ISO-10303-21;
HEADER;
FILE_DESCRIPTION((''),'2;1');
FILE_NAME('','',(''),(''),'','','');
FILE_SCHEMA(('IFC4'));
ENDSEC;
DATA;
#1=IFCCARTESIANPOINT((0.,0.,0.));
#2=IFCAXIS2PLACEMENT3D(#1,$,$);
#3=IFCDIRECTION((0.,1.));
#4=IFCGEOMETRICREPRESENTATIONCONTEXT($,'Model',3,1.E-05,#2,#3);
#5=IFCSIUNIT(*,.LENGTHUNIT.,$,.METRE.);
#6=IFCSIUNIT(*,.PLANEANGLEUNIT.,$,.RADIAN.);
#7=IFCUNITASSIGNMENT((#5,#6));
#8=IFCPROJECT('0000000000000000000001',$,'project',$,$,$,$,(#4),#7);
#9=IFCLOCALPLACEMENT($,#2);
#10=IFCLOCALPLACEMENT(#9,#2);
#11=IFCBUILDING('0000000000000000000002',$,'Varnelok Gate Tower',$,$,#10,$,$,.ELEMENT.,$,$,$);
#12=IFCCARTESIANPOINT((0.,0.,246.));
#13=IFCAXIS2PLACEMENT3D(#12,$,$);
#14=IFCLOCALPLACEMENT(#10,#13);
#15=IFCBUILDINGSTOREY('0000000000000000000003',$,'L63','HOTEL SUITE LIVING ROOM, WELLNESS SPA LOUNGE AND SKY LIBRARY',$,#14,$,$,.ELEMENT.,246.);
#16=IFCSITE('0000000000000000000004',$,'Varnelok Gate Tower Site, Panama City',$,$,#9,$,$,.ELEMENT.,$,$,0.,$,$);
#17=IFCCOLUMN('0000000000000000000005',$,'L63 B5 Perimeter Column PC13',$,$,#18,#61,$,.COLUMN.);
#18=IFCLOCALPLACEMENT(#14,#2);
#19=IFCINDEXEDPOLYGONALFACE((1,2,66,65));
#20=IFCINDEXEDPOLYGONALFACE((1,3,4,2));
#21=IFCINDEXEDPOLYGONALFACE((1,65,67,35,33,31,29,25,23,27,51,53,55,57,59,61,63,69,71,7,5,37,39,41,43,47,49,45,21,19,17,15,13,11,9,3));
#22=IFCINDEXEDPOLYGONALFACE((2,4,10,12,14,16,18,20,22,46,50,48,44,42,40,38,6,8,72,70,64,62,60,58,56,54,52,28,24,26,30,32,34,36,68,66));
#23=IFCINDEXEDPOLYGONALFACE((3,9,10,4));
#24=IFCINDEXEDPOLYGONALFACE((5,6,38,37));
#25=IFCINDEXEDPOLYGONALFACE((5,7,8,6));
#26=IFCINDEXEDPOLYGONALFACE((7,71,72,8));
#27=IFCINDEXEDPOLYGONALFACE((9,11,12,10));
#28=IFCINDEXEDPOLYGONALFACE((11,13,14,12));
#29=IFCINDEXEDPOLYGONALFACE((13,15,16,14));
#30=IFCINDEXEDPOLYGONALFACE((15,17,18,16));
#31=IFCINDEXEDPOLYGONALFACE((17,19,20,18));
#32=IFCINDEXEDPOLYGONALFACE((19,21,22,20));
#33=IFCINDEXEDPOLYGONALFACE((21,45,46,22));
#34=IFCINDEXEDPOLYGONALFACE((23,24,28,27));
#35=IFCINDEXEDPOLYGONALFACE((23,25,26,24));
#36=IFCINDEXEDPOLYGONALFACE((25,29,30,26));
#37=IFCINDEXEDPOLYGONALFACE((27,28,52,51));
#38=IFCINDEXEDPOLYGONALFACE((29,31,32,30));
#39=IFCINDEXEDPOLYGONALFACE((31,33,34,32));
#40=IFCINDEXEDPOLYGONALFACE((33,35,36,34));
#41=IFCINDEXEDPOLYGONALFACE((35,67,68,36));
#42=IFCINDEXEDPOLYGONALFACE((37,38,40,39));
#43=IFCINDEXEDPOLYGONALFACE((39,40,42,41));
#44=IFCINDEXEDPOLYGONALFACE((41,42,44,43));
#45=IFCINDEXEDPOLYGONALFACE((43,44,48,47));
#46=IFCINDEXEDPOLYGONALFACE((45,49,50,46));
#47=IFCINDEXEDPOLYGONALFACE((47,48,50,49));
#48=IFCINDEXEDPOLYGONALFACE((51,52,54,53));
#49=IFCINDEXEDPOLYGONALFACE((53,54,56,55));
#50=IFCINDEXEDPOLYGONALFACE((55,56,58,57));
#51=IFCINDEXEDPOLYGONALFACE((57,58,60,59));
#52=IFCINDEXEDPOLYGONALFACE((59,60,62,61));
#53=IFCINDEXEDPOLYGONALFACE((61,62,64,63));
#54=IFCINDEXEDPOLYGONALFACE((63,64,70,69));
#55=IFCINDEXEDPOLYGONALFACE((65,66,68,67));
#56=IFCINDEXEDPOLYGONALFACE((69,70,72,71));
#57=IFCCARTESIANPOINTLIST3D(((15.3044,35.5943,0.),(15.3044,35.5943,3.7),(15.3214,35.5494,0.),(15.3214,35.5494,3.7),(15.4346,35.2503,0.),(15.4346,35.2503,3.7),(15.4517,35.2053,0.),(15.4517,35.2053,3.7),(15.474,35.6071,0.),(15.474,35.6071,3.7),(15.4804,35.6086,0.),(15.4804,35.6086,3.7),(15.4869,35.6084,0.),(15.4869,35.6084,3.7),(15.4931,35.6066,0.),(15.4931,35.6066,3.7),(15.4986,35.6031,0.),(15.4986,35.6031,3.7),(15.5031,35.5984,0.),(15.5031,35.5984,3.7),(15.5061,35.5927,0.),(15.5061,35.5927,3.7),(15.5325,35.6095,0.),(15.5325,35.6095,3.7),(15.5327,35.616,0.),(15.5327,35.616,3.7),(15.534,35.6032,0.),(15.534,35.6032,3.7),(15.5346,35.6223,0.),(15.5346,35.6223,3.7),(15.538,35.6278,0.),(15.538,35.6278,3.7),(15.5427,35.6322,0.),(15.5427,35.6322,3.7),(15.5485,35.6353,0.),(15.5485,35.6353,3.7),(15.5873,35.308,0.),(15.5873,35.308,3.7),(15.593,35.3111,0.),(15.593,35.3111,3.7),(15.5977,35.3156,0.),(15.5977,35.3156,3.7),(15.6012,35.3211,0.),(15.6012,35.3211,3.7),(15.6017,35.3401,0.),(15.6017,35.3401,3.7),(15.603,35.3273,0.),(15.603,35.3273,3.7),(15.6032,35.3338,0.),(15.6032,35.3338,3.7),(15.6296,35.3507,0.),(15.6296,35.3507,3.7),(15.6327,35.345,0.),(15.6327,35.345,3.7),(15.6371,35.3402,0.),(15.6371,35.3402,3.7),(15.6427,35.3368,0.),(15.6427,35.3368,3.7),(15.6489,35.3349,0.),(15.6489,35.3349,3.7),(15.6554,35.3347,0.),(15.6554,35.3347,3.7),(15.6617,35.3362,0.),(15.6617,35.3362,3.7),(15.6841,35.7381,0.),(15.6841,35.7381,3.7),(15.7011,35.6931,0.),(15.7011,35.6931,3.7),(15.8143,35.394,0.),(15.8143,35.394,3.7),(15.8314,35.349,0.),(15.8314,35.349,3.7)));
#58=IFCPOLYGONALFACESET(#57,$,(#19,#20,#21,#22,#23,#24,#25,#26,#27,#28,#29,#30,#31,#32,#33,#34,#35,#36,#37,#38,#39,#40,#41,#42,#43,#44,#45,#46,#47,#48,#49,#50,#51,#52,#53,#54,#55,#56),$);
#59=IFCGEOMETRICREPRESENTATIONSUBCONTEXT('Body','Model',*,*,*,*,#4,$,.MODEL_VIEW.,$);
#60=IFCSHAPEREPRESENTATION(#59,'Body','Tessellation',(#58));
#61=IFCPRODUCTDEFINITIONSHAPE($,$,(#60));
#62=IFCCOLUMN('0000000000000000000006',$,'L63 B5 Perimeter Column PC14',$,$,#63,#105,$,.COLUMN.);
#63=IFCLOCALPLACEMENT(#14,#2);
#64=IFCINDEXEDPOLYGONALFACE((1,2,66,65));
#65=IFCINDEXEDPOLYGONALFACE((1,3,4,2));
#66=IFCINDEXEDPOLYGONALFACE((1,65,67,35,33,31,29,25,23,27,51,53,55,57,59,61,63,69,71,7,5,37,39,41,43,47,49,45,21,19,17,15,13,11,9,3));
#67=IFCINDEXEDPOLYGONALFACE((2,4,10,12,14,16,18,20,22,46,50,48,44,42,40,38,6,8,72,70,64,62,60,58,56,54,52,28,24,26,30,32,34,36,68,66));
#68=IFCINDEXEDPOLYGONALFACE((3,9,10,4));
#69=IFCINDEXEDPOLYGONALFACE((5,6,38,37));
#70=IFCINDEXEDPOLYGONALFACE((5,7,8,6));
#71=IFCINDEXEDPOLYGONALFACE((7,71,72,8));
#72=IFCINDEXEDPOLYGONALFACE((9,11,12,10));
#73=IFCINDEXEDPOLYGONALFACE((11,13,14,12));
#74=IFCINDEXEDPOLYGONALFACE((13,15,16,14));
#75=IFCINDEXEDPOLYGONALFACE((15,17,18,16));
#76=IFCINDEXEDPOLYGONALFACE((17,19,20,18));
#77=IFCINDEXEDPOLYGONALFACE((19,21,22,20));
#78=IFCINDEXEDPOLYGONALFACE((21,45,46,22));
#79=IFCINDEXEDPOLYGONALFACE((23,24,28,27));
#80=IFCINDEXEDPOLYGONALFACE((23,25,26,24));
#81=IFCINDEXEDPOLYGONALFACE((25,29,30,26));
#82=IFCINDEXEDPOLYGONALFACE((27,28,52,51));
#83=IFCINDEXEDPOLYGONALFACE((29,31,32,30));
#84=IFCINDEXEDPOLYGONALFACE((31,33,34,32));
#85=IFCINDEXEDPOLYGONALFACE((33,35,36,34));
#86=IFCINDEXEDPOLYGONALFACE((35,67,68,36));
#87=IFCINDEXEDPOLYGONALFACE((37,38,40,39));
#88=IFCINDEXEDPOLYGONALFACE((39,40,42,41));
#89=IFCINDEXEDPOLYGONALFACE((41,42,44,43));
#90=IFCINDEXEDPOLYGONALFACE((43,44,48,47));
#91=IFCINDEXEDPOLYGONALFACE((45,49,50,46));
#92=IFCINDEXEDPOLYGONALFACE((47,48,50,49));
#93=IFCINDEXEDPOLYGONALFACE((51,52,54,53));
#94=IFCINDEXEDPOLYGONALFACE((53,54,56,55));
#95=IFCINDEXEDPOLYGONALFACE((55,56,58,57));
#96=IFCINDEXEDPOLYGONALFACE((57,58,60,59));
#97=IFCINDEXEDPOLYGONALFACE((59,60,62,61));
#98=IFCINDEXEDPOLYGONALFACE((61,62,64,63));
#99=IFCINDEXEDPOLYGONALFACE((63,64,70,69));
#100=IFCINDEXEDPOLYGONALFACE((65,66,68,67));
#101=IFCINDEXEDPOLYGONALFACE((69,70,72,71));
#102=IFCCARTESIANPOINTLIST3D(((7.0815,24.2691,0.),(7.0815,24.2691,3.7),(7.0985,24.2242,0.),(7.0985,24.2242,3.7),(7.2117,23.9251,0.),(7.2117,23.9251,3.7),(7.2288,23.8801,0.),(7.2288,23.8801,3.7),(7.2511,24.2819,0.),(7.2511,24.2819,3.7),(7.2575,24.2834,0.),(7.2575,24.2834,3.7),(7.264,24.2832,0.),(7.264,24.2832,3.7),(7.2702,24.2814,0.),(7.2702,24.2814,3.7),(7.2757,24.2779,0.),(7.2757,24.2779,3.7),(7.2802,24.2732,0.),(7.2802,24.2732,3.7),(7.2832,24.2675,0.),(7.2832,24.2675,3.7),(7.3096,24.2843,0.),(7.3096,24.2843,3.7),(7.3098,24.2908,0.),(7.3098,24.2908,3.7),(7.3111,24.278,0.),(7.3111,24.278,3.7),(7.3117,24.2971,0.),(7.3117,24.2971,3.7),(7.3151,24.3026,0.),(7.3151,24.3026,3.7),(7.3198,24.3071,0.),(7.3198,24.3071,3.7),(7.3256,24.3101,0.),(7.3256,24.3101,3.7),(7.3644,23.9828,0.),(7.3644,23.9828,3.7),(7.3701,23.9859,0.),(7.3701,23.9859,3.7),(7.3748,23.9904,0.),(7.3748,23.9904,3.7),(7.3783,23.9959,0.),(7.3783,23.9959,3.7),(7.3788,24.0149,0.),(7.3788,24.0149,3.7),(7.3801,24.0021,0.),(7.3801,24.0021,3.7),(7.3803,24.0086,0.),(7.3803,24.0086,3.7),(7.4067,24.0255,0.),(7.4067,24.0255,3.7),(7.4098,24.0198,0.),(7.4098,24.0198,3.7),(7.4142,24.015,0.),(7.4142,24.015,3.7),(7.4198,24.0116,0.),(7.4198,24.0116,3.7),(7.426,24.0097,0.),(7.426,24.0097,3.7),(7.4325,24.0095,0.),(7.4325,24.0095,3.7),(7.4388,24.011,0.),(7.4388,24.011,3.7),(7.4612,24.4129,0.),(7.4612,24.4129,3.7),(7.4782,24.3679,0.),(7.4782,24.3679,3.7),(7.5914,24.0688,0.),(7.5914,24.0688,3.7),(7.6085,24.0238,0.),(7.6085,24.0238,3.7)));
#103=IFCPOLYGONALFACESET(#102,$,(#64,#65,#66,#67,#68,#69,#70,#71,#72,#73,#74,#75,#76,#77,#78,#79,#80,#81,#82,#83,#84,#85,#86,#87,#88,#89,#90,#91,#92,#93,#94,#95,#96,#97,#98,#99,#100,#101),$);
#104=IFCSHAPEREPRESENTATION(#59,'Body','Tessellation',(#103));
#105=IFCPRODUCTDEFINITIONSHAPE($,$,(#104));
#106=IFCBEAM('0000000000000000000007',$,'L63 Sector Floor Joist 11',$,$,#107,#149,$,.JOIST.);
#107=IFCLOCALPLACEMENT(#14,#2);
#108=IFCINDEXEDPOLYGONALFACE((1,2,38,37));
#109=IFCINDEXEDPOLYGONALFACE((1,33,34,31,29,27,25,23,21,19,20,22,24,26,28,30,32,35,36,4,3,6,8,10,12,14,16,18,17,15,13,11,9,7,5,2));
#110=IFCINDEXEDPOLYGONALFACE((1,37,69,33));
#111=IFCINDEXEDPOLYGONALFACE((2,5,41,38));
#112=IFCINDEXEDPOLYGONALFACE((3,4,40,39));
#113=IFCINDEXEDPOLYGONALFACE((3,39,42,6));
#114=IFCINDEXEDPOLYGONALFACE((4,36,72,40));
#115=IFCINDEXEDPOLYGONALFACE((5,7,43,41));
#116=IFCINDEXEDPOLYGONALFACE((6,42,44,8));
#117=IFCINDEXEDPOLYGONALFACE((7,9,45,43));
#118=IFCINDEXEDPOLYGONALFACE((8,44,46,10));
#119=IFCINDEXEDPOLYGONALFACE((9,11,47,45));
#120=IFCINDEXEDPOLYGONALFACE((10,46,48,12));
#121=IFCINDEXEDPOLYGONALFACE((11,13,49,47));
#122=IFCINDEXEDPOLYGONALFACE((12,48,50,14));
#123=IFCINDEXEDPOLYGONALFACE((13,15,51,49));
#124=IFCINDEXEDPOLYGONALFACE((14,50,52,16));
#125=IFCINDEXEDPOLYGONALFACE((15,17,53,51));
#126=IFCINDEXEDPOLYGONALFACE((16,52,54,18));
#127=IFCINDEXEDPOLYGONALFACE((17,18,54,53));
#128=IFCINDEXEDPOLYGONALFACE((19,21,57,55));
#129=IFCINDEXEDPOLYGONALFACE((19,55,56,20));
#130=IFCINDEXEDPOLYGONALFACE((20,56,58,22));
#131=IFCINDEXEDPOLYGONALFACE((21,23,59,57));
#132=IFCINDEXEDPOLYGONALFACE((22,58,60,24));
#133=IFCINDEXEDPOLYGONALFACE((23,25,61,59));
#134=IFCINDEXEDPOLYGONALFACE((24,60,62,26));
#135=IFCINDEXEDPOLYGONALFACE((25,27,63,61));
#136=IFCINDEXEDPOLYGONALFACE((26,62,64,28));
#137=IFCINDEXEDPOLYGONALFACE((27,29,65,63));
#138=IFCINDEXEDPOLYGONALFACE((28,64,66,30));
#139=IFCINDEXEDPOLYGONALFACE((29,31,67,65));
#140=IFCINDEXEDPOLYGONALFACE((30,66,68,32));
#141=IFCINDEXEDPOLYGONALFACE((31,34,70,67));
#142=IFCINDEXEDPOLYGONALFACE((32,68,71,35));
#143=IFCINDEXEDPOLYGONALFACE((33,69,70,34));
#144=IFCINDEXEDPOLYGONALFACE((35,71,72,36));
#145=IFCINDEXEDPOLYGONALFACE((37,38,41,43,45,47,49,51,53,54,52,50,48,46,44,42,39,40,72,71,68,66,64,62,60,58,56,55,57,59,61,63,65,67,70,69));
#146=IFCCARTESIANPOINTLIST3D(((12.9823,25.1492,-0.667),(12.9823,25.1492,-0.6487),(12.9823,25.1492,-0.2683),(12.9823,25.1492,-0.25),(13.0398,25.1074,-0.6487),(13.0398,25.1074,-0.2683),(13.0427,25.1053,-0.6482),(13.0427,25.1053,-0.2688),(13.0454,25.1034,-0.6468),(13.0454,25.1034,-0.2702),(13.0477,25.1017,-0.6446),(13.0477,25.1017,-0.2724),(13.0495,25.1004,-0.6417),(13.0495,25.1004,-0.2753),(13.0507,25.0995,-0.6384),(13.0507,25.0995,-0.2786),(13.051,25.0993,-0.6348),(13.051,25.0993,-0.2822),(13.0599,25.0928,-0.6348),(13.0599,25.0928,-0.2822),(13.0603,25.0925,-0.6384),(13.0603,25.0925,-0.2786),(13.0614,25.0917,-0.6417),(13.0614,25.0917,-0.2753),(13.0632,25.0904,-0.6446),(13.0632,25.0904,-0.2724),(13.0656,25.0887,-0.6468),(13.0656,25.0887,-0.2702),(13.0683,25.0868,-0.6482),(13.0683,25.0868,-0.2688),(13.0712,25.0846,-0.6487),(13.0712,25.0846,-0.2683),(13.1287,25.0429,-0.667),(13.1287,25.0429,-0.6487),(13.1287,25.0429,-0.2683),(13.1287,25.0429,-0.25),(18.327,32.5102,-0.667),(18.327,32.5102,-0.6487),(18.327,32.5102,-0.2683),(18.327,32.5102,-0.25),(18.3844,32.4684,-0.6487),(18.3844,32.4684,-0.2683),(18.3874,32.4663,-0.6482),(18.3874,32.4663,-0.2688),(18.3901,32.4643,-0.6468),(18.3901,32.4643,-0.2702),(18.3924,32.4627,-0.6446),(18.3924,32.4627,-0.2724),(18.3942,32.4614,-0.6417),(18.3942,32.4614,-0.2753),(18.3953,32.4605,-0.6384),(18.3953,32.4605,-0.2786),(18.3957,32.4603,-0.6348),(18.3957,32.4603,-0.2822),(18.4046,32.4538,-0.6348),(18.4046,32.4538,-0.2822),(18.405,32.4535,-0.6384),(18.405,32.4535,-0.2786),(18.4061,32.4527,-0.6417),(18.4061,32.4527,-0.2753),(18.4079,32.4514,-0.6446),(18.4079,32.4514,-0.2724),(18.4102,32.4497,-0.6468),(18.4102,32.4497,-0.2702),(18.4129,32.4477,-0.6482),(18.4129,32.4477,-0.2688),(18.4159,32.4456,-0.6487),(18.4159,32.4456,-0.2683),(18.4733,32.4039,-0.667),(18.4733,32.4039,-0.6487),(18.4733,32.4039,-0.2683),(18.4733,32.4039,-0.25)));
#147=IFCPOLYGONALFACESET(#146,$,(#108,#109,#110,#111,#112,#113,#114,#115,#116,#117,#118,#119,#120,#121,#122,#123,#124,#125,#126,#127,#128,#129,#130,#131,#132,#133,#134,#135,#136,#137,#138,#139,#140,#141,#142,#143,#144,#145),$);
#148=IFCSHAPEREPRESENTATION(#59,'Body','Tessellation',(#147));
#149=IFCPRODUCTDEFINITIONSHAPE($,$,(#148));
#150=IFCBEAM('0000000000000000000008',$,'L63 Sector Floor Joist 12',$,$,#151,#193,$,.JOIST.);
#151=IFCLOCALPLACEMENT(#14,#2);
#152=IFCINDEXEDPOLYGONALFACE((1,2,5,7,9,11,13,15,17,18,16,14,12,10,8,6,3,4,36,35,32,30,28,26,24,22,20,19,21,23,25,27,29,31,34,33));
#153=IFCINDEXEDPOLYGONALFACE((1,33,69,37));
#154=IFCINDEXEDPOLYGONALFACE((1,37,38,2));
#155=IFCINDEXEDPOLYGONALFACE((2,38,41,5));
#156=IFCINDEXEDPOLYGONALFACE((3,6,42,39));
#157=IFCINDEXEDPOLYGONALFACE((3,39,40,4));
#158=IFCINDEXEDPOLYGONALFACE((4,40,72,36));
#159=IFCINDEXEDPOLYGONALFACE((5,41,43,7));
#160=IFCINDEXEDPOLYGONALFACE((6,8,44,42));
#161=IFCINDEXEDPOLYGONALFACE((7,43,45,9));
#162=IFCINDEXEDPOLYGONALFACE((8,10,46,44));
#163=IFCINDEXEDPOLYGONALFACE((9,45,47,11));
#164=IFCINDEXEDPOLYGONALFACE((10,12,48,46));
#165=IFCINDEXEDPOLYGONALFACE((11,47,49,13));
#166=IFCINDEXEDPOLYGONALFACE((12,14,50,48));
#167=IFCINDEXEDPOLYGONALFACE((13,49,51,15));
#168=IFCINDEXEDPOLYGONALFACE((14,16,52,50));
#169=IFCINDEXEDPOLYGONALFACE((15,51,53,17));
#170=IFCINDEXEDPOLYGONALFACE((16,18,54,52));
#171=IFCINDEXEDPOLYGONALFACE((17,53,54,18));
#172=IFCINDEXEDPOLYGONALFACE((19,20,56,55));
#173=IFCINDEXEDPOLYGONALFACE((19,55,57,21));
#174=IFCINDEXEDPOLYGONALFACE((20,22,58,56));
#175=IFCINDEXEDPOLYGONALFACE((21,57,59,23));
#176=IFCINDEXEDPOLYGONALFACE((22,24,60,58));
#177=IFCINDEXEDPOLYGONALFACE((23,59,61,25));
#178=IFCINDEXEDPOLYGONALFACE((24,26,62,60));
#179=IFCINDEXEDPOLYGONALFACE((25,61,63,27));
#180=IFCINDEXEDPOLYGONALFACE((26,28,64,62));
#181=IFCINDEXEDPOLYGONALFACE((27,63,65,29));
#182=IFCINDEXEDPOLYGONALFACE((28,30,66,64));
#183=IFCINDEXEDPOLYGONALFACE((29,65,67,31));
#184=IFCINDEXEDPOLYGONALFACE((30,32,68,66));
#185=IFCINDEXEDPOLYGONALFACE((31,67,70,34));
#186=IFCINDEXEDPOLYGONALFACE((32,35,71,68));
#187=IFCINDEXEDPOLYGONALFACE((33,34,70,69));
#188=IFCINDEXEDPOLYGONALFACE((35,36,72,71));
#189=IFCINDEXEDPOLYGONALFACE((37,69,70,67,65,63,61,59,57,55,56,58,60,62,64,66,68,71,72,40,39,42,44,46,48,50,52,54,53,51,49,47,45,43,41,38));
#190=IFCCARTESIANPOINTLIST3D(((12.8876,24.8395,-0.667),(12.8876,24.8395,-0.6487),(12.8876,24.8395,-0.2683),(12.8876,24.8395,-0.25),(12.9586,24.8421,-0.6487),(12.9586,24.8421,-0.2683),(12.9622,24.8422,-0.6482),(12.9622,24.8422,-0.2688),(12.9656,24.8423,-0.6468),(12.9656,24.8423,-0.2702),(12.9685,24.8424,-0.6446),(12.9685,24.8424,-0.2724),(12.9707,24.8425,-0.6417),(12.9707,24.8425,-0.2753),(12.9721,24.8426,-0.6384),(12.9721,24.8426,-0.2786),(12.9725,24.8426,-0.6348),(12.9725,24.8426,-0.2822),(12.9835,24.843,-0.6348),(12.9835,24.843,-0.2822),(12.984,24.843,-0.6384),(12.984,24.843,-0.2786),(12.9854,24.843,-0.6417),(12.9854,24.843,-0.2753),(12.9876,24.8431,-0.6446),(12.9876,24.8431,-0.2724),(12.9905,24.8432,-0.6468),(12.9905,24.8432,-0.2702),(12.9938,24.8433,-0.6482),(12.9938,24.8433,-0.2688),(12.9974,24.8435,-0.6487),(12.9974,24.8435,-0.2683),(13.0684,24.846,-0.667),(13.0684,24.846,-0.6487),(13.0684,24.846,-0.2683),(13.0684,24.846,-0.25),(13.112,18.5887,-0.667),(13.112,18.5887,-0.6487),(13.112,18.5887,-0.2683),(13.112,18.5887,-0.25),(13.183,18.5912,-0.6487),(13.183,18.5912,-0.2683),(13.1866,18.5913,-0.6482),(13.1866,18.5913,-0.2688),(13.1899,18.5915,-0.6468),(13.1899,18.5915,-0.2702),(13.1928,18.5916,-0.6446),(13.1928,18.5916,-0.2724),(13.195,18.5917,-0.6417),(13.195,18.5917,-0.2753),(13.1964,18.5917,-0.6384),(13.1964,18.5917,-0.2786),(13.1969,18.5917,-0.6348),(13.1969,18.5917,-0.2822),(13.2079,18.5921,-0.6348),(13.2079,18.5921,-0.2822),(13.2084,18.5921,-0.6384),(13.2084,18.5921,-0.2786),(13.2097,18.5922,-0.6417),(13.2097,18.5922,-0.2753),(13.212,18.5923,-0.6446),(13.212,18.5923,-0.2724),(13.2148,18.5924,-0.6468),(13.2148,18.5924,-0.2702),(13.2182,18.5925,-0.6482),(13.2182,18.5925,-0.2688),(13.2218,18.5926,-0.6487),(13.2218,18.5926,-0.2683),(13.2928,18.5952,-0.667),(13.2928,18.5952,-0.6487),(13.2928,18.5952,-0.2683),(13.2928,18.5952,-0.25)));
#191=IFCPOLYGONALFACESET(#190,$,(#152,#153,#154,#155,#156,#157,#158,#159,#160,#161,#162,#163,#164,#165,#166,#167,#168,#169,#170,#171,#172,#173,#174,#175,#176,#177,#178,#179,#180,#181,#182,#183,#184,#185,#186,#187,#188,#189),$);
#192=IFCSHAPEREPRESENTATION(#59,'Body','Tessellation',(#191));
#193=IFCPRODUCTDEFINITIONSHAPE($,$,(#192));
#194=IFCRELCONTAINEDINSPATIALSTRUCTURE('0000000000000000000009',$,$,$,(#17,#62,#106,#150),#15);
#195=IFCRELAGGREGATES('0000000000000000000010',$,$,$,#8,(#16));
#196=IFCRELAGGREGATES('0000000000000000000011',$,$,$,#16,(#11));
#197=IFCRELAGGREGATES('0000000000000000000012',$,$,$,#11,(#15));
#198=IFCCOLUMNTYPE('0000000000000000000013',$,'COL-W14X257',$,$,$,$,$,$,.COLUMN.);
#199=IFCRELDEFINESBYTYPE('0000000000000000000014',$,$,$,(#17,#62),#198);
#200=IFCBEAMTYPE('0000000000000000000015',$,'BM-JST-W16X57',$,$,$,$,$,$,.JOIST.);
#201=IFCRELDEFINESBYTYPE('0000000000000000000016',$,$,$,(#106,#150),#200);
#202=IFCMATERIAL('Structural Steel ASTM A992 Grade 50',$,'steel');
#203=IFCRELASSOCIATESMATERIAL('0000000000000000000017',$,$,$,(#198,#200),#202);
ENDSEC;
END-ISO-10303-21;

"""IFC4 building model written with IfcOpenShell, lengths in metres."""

from ifc_helpers import new_model, si_unit, direction, frame, origin, origin_2d, place, context, subcontext, project, spatial, i_section, extrude, material, material_profile, profile_set, type_object, element, save


model = new_model("IFC4")

# Units and contexts
model_context = context("Model", 3, precision=1e-05, world=origin(), true_north=direction((0.0, 1.0)))
body_context = subcontext(model_context, "Body", "Model", "MODEL_VIEW")
ifc_project = project(units=[si_unit("LENGTHUNIT", "METRE"), si_unit("PLANEANGLEUNIT", "RADIAN")], contexts=[model_context])

# Site, building, storey
site_placement = place(None, origin())
site = spatial("IfcSite", under=ifc_project, at=site_placement, Name="Varnelok Gate Tower Site, Panama City", CompositionType="ELEMENT", RefElevation=0.0)
building_placement = place(site_placement, origin())
building = spatial("IfcBuilding", under=site, at=building_placement, Name="Varnelok Gate Tower", CompositionType="ELEMENT")
storey_placement = place(building_placement, frame((0.0, 0.0, 246.0)))
storey = spatial("IfcBuildingStorey", under=building, at=storey_placement, Name="L63", Description="HOTEL SUITE LIVING ROOM, WELLNESS SPA LOUNGE AND SKY LIBRARY", CompositionType="ELEMENT", Elevation=246.0)

# Columns
ifc_material_1 = material(Name="Structural Steel ASTM A992 Grade 50", Category="steel")
ifc_material_profile_1 = material_profile(ifc_material_1, i_section(OverallWidth=0.406, OverallDepth=0.416, WebThickness=0.0298, FlangeThickness=0.0481, FilletRadius=0.0249, at=origin_2d()), Name="W14X257")
ifc_profile_set_1 = profile_set([ifc_material_profile_1], Name="Structural Steel ASTM A992 Grade 50")
column_type = type_object("IfcColumnType", Name="COL-W14X257", PredefinedType="COLUMN", material=ifc_profile_set_1)
for number, where, z_axis, x_axis, name in (
    (1, (15.5679, 35.4717, 0.0), (0.0, 0.0, 1.0), (0.935222, 0.354063, 0.0), "L63 B5 Perimeter Column PC13"),
    (2, (7.345, 24.1465, 0.0), (0.0, 0.0, 1.0), (0.935222, 0.354063, 0.0), "L63 B5 Perimeter Column PC14"),
):
    element("IfcColumn", number, at=place(storey_placement, frame(where, z_axis=z_axis, x_axis=x_axis)), inside=storey, type_object=column_type, Name=name, PredefinedType="COLUMN", context=body_context, shape_type="SweptSolid", body=[
        extrude(i_section(OverallWidth=0.406, OverallDepth=0.416, WebThickness=0.0298, FlangeThickness=0.0481, FilletRadius=0.0249, at=origin_2d()), origin(), (0.0, 0.0, 1.0), 3.7),
    ])

# Beams
ifc_material_profile_2 = material_profile(ifc_material_1, i_section(OverallWidth=0.1809, OverallDepth=0.417, WebThickness=0.011, FlangeThickness=0.0183, FilletRadius=0.0139, at=origin_2d()), Name="W16X57")
ifc_profile_set_2 = profile_set([ifc_material_profile_2], Name="Structural Steel ASTM A992 Grade 50")
beam_type_1 = type_object("IfcBeamType", Name="BM-JST-W16X57", PredefinedType="JOIST", material=ifc_profile_set_2)
beam_1_placement = place(storey_placement, frame((18.4001, 32.457, -0.4585), z_axis=(-0.58754, -0.809195, 0.0), x_axis=(0.809195, -0.58754, 0.0)))
element("IfcBeam", 3, at=beam_1_placement, inside=storey, type_object=beam_type_1, Name="L63 Sector Floor Joist 11", PredefinedType="JOIST", context=body_context, shape_type="SweptSolid", body=[
    extrude(i_section(OverallWidth=0.1809, OverallDepth=0.417, WebThickness=0.011, FlangeThickness=0.0183, FilletRadius=0.0139, at=origin_2d()), origin(), (0.0, 0.0, 1.0), 9.0967),
])
beam_2_placement = place(storey_placement, frame((12.978, 24.8428, -0.4585), z_axis=(0.03587, -0.999356, 0.0), x_axis=(0.999356, 0.03587, 0.0)))
element("IfcBeam", 4, at=beam_2_placement, inside=storey, type_object=beam_type_1, Name="L63 Sector Floor Joist 12", PredefinedType="JOIST", context=body_context, shape_type="SweptSolid", body=[
    extrude(i_section(OverallWidth=0.1809, OverallDepth=0.417, WebThickness=0.011, FlangeThickness=0.0183, FilletRadius=0.0139, at=origin_2d()), origin(), (0.0, 0.0, 1.0), 6.2549),
])

save(model, "model.ifc")
